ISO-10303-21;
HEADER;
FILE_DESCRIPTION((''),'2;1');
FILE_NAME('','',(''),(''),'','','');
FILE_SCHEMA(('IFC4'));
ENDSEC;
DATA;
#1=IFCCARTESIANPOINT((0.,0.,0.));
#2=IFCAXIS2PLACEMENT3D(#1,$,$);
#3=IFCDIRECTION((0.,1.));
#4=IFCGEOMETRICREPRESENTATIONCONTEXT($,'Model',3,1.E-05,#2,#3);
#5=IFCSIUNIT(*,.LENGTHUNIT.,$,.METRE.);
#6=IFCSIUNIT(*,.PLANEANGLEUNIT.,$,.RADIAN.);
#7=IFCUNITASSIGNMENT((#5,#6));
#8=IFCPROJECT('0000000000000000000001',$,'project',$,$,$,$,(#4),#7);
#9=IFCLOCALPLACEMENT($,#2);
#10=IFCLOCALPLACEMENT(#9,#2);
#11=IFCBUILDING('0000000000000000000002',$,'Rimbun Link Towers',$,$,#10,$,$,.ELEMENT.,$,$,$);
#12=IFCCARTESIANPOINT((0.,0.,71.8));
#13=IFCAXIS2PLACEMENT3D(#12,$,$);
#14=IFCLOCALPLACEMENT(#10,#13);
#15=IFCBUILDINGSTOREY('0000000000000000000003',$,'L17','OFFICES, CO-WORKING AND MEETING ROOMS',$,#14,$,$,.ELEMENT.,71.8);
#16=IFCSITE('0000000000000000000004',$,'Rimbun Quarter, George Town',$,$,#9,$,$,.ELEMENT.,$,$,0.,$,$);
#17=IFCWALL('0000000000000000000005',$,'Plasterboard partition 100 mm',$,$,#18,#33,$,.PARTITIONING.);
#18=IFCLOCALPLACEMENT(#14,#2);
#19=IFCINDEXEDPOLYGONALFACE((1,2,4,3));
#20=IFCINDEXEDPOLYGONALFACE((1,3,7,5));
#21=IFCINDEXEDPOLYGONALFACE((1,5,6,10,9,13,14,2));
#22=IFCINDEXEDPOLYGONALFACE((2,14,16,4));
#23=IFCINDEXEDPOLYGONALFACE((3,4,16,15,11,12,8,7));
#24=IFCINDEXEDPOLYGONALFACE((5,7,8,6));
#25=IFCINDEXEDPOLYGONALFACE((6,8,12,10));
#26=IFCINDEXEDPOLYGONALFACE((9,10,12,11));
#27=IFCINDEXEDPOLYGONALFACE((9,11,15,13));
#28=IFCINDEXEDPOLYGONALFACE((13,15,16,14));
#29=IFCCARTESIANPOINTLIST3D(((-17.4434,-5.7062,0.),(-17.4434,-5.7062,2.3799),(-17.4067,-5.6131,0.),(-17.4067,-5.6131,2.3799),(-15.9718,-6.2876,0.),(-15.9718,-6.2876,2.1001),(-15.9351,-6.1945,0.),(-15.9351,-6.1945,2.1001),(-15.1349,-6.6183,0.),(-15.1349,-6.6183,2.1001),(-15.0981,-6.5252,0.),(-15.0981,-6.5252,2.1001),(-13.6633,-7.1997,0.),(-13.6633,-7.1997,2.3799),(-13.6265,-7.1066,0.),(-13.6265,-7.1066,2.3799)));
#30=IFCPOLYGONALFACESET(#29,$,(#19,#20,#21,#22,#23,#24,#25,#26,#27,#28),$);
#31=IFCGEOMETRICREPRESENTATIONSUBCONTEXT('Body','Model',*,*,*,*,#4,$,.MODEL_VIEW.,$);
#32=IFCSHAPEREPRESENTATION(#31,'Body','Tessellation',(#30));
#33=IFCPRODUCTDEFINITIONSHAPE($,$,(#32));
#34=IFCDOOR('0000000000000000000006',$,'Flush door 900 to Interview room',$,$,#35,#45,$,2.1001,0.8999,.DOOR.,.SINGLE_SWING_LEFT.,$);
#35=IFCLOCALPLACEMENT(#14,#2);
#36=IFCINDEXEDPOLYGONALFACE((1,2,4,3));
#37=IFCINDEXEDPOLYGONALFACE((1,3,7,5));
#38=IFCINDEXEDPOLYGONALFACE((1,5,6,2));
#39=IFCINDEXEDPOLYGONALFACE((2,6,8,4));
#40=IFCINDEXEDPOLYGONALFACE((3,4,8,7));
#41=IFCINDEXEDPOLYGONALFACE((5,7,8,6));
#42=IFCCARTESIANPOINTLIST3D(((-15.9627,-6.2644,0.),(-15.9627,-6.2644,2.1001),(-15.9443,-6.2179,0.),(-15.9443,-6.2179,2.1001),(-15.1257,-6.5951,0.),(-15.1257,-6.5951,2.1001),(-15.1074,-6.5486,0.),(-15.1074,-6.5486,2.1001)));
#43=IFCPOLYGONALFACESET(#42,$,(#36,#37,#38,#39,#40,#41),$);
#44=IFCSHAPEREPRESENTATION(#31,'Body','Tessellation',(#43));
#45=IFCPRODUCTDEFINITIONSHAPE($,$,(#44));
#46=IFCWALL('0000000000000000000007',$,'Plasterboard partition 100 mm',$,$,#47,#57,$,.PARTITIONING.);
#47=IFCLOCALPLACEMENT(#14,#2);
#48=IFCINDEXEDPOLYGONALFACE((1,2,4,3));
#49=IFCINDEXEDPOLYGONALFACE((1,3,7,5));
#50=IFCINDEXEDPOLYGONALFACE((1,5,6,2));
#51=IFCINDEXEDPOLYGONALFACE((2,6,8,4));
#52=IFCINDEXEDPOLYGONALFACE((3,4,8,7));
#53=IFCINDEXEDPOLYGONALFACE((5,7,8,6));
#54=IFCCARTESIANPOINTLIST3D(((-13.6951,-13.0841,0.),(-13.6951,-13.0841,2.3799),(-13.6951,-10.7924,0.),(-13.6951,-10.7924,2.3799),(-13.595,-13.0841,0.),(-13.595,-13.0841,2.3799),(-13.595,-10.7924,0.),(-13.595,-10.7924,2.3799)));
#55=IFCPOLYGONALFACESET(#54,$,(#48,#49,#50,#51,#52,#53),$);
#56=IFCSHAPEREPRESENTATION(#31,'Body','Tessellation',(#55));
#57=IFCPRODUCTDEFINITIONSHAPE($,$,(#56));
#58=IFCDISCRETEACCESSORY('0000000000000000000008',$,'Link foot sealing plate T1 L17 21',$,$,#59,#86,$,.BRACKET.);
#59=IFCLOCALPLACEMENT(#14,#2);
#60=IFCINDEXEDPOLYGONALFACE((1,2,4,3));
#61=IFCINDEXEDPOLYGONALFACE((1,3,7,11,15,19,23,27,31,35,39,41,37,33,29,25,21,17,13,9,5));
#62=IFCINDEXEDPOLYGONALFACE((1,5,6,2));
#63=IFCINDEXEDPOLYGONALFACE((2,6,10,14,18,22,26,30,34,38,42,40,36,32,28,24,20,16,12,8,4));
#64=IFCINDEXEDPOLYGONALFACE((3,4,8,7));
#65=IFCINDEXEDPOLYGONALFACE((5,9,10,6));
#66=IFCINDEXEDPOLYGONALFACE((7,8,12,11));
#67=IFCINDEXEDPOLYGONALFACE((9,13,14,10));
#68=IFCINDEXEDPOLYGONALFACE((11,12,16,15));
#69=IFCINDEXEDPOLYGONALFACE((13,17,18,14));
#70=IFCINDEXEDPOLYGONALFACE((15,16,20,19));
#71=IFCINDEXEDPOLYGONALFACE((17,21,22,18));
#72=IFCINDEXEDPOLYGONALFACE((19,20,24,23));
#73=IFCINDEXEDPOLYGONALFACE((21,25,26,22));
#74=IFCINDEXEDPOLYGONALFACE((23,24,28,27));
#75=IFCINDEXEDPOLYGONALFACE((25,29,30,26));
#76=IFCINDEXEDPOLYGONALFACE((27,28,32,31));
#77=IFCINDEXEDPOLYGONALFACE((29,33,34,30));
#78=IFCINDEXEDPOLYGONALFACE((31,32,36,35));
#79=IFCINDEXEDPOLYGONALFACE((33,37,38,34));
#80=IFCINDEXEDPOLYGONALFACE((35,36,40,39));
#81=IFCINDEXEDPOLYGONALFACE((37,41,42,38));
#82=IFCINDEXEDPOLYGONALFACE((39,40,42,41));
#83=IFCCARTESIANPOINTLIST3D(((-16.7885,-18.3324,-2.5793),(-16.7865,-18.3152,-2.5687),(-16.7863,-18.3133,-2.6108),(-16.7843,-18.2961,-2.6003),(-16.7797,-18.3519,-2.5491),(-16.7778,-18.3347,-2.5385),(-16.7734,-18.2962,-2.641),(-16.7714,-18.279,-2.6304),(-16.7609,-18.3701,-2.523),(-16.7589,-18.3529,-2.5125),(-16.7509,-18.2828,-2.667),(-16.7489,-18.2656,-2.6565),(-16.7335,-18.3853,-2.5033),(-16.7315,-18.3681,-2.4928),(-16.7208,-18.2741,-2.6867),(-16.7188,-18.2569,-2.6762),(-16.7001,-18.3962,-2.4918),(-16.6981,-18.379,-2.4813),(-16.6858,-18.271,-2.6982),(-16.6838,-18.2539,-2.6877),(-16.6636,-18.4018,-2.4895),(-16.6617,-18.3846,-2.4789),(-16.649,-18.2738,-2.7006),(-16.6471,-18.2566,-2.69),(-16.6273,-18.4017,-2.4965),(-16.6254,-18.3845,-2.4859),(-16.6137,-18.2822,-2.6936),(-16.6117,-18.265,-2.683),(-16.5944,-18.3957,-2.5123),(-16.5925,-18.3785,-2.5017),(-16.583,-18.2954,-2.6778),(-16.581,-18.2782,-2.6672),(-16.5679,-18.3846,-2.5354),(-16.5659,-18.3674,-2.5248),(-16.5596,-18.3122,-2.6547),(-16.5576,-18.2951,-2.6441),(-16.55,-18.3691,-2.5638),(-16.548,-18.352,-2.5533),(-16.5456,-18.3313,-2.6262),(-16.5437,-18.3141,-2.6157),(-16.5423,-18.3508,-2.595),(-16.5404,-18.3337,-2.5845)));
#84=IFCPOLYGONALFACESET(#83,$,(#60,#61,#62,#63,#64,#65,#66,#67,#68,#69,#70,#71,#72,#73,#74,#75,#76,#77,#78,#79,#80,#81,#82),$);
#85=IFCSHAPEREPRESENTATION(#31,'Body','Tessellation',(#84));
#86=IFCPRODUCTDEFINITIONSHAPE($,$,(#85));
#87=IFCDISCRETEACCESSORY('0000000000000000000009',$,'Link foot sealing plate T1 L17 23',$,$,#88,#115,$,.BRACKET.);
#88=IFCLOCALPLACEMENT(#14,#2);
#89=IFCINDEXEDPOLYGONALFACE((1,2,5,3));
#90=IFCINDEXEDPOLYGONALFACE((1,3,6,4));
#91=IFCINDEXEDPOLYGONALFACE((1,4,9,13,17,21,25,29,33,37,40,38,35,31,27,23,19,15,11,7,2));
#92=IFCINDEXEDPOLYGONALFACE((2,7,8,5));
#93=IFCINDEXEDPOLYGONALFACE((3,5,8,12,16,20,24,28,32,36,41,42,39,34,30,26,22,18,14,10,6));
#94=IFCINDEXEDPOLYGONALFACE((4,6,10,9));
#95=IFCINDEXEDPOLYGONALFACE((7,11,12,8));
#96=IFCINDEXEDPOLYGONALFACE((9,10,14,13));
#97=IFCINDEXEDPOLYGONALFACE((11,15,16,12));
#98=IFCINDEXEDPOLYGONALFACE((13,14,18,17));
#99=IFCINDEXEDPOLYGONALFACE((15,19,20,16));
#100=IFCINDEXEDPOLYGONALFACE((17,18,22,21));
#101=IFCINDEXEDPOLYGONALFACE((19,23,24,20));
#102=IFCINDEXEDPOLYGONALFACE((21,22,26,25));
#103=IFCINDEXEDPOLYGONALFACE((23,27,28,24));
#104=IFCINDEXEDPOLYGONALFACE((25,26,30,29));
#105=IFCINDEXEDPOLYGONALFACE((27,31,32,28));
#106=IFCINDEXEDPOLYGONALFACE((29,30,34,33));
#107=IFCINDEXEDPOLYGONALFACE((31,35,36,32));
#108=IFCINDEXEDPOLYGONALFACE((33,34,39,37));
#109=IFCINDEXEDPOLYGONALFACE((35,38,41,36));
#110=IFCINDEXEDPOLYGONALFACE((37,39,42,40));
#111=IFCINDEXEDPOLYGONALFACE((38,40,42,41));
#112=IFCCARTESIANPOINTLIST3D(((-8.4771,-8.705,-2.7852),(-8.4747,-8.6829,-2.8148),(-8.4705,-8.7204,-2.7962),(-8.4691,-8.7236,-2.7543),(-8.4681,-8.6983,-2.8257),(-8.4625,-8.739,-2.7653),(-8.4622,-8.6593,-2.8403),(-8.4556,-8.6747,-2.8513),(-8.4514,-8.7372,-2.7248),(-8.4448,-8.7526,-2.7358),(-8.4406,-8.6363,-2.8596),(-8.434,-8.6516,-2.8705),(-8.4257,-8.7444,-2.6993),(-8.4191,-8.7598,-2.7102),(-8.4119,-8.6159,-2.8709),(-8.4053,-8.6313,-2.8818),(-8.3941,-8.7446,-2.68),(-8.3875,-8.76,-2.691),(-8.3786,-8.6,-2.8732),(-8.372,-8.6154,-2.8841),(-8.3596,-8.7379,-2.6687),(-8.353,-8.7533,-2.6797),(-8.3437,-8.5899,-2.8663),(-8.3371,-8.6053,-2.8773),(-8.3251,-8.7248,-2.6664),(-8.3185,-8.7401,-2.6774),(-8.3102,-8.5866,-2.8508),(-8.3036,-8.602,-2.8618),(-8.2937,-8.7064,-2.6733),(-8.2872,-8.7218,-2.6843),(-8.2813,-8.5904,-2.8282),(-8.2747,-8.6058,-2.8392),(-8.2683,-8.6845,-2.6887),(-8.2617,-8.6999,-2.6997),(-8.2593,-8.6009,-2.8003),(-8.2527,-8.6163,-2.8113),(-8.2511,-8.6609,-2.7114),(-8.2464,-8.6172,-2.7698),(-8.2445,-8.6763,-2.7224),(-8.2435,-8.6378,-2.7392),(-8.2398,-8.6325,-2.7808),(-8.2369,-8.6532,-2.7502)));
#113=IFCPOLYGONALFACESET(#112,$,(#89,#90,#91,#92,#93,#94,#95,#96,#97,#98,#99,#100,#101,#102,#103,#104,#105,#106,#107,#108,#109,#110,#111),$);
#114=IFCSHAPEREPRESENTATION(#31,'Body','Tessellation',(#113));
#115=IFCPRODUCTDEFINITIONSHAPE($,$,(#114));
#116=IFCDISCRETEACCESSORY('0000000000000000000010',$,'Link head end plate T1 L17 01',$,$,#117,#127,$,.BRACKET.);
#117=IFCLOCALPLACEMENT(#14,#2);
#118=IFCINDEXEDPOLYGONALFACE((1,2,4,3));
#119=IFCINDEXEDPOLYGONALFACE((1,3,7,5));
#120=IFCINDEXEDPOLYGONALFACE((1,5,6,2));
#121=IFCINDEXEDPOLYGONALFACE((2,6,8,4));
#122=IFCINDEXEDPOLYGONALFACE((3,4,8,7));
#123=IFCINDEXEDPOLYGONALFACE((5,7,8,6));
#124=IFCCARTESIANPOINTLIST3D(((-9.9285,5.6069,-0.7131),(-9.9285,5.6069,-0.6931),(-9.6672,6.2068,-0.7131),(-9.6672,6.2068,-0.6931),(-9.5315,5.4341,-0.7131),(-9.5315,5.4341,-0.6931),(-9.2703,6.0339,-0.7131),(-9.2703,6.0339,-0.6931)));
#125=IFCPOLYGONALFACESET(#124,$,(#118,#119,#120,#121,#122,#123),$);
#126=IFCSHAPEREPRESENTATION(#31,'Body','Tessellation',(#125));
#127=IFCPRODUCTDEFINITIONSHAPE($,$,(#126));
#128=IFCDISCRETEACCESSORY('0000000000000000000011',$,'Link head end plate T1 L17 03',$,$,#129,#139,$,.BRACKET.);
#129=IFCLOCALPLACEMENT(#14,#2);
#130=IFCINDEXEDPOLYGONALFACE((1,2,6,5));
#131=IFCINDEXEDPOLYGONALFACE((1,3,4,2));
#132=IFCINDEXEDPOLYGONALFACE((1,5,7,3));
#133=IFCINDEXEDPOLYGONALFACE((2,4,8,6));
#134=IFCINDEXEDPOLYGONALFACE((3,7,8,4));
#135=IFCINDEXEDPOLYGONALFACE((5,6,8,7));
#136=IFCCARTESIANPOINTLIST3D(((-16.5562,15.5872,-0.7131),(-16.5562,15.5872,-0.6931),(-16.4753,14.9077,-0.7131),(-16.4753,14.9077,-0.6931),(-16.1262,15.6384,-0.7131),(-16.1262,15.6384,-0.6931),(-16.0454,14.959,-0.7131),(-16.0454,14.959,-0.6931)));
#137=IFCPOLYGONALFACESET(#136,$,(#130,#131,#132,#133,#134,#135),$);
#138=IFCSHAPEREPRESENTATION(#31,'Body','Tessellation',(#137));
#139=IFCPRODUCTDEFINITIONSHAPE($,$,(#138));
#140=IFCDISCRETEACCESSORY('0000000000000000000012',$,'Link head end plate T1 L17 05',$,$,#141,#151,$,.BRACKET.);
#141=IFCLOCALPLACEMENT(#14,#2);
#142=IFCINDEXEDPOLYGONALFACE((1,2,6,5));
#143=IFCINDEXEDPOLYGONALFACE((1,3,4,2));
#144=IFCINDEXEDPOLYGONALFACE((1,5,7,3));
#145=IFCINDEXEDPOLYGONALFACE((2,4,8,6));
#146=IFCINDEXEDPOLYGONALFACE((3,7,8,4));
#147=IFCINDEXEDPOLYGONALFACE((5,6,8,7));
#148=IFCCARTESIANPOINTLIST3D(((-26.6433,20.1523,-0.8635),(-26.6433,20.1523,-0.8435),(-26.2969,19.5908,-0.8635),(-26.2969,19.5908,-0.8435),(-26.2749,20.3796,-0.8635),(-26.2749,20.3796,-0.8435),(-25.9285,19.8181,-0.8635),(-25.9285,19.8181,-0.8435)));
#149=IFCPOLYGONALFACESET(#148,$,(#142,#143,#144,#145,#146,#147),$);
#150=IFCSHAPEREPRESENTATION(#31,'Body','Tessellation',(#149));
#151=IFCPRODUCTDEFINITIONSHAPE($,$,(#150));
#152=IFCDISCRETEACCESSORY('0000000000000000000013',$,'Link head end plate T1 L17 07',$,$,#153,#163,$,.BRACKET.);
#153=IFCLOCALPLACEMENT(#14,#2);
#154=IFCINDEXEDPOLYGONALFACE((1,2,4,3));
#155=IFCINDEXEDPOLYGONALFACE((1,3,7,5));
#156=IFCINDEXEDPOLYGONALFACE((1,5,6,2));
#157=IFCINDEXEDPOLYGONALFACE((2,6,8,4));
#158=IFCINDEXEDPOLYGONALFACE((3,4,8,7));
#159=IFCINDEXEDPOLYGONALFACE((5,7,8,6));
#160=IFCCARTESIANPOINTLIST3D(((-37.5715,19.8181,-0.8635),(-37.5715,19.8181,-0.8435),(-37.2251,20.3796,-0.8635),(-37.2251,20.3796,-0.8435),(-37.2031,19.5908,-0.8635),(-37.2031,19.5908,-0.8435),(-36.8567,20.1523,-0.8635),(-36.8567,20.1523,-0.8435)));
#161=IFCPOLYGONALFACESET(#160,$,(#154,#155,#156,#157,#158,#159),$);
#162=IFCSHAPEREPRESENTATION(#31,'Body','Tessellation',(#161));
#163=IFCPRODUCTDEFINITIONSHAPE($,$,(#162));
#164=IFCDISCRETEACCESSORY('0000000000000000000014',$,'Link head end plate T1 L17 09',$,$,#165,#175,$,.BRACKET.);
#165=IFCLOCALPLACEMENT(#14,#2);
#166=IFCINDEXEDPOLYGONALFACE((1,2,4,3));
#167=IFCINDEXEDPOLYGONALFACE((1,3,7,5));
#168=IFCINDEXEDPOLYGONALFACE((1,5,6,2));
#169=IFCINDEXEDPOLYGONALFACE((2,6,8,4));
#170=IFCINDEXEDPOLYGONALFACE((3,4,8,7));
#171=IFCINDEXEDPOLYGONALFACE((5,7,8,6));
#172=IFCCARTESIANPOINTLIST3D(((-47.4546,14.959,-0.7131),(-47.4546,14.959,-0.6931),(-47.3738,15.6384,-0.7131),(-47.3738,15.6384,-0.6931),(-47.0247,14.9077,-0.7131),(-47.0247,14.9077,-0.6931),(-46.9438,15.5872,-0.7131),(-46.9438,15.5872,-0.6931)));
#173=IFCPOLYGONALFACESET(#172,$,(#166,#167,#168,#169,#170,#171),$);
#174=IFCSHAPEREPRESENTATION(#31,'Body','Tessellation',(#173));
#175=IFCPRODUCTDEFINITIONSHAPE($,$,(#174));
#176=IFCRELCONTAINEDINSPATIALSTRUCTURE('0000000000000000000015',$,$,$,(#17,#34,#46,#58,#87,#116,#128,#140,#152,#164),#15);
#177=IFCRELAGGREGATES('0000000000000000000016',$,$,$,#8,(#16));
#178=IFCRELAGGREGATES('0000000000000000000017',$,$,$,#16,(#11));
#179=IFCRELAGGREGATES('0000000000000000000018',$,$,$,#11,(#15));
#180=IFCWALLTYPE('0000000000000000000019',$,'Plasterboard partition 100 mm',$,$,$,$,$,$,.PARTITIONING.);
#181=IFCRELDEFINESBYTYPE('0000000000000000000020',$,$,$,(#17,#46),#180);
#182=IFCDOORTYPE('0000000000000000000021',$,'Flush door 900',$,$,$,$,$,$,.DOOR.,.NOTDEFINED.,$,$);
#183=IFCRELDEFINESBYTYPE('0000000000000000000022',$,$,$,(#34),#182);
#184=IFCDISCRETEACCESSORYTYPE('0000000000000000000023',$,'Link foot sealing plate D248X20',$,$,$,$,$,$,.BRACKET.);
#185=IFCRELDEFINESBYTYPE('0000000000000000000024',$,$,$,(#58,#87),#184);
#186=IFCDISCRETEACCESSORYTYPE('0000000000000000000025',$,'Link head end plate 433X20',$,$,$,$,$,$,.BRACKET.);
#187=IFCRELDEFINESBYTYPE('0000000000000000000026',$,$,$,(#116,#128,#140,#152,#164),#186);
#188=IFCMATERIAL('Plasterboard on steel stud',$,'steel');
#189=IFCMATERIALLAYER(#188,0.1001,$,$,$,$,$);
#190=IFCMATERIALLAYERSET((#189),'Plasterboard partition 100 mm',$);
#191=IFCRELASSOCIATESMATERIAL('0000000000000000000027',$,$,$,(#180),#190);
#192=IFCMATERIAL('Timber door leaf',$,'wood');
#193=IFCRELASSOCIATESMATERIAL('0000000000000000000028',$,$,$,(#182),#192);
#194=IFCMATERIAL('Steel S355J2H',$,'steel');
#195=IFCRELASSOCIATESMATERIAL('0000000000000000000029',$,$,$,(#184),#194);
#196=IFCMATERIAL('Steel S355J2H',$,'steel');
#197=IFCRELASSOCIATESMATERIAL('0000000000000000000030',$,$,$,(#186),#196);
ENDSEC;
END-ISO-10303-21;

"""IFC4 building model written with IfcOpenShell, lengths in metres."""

from ifc_helpers import new_model, si_unit, direction, frame, frame_2d, origin, origin_2d, place, context, subcontext, project, spatial, polyline, rectangle, circle, outline, extrude, material, layer, layer_set, material_profile, profile_set, type_object, element, fill, save


model = new_model("IFC4")

# Units and contexts
model_context = context("Model", 3, precision=1e-05, world=origin(), true_north=direction((0.0, 1.0)))
body_context = subcontext(model_context, "Body", "Model", "MODEL_VIEW")
ifc_project = project(units=[si_unit("LENGTHUNIT", "METRE"), si_unit("PLANEANGLEUNIT", "RADIAN")], contexts=[model_context])

# Site, building, storey
site_placement = place(None, origin())
site = spatial("IfcSite", under=ifc_project, at=site_placement, Name="Rimbun Quarter, George Town", CompositionType="ELEMENT", RefElevation=0.0)
building_placement = place(site_placement, origin())
building = spatial("IfcBuilding", under=site, at=building_placement, Name="Rimbun Link Towers", CompositionType="ELEMENT")
storey_placement = place(building_placement, frame((0.0, 0.0, 71.8)))
storey = spatial("IfcBuildingStorey", under=building, at=storey_placement, Name="L17", Description="OFFICES, CO-WORKING AND MEETING ROOMS", CompositionType="ELEMENT", Elevation=71.8)

# Wall, opening, door
ifc_material_1 = material(Name="Plasterboard on steel stud", Category="steel")
ifc_layer_1 = layer(ifc_material_1, 0.1001)
ifc_layer_set_1 = layer_set([ifc_layer_1], Name="Plasterboard partition 100 mm")
wall_type = type_object("IfcWallType", Name="Plasterboard partition 100 mm", PredefinedType="PARTITIONING", material=ifc_layer_set_1)
wall_1_placement = place(storey_placement, frame((-17.425, -5.6597, 0.0), z_axis=(0.0, 0.0, 1.0), x_axis=(0.930047, -0.367441, 0.0)))
wall_1 = element("IfcWall", 1, at=wall_1_placement, inside=storey, type_object=wall_type, Name="Plasterboard partition 100 mm", PredefinedType="PARTITIONING", context=body_context, shape_type="SweptSolid", body=[
    extrude(rectangle(XDim=4.0645, YDim=0.1001, at=frame_2d((2.0322, 0.0))), origin(), (0.0, 0.0, 1.0), 2.3799),
])
opening_placement = place(wall_1_placement, frame((1.5823, 0.0, 0.0)))
opening = element("IfcOpeningElement", 2, at=opening_placement, cuts=wall_1, PredefinedType="OPENING", context=body_context, shape_type="SweptSolid", body=[
    extrude(rectangle(XDim=0.8999, YDim=2.1001, at=frame_2d((0.45, 1.05))), frame((0.0, 0.0601, 0.0), z_axis=(0.0, -1.0, 0.0), x_axis=(1.0, 0.0, 0.0)), (0.0, 0.0, 1.0), 0.1201),
])
ifc_material_2 = material(Name="Timber door leaf", Category="wood")
door_type = type_object("IfcDoorType", Name="Flush door 900", OperationType="NOTDEFINED", PredefinedType="DOOR", material=ifc_material_2)
door_placement = place(opening_placement, origin())
door = element("IfcDoor", 3, at=door_placement, inside=storey, type_object=door_type, Name="Flush door 900 to Interview room", OperationType="SINGLE_SWING_LEFT", OverallHeight=2.1001, OverallWidth=0.8999, PredefinedType="DOOR", context=body_context, shape_type="SweptSolid", body=[
    extrude(rectangle(XDim=0.8999, YDim=2.1001, at=frame_2d((0.45, 1.05))), frame((0.0, 0.0249, 0.0), z_axis=(0.0, -1.0, 0.0), x_axis=(1.0, 0.0, 0.0)), (0.0, 0.0, 1.0), 0.05),
])
fill(opening, door)

# Wall
wall_2_placement = place(storey_placement, frame((-13.645, -13.0842, 0.0), z_axis=(0.0, 0.0, 1.0), x_axis=(0.0, 1.0, 0.0)))
element("IfcWall", 4, at=wall_2_placement, inside=storey, type_object=wall_type, Name="Plasterboard partition 100 mm", PredefinedType="PARTITIONING", context=body_context, shape_type="SweptSolid", body=[
    extrude(rectangle(XDim=2.2917, YDim=0.1001, at=frame_2d((1.146, 0.0))), origin(), (0.0, 0.0, 1.0), 2.3799),
])

# Discrete accessories
ifc_material_3 = material(Name="Steel S355J2H", Category="steel")
ifc_material_profile_1 = material_profile(ifc_material_3, circle(Radius=0.124, at=origin_2d()), Name="PL D248")
ifc_profile_set_1 = profile_set([ifc_material_profile_1], Name="Steel S355J2H")
discrete_accessory_type_1 = type_object("IfcDiscreteAccessoryType", Name="Link foot sealing plate D248X20", PredefinedType="BRACKET", material=ifc_profile_set_1)
discrete_accessory_1_placement = place(storey_placement, frame((-16.6636, -18.3196, -2.5845), z_axis=(-0.096922, -0.848064, -0.520954), x_axis=(0.993533, -0.113547, 0.0)))
element("IfcDiscreteAccessory", 5, at=discrete_accessory_1_placement, inside=storey, type_object=discrete_accessory_type_1, Name="Link foot sealing plate T1 L17 21", PredefinedType="BRACKET", context=body_context, shape_type="SweptSolid", body=[
    extrude(circle(Radius=0.124, at=origin_2d()), origin(), (0.0, 0.0, 1.0), 0.0203),
])
discrete_accessory_2_placement = place(storey_placement, frame((-8.3604, -8.666, -2.7698), z_axis=(0.329293, -0.76835, -0.548821), x_axis=(0.919145, 0.393919, 0.0)))
element("IfcDiscreteAccessory", 6, at=discrete_accessory_2_placement, inside=storey, type_object=discrete_accessory_type_1, Name="Link foot sealing plate T1 L17 23", PredefinedType="BRACKET", context=body_context, shape_type="SweptSolid", body=[
    extrude(circle(Radius=0.124, at=origin_2d()), origin(), (0.0, 0.0, 1.0), 0.02),
])
ifc_material_4 = material(Name="Steel S355J2H", Category="steel")
ifc_material_profile_2 = material_profile(ifc_material_4, rectangle(XDim=0.4331, YDim=0.4331, at=origin_2d()), Name="PL 433x433")
ifc_profile_set_2 = profile_set([ifc_material_profile_2], Name="Steel S355J2H")
discrete_accessory_type_2 = type_object("IfcDiscreteAccessoryType", Name="Link head end plate 433X20", PredefinedType="BRACKET", material=ifc_profile_set_2)
discrete_accessory_3_placement = place(storey_placement, frame((0.0, 0.0, -0.7131)))
element("IfcDiscreteAccessory", 7, at=discrete_accessory_3_placement, inside=storey, type_object=discrete_accessory_type_2, Name="Link head end plate T1 L17 01", PredefinedType="BRACKET", context=body_context, shape_type="SweptSolid", body=[
    extrude(outline(polyline([(-9.5315, 5.4341), (-9.2703, 6.0339), (-9.6672, 6.2068), (-9.9285, 5.6069), (-9.5315, 5.4341)])), origin(), (0.0, 0.0, 1.0), 0.02),
])
discrete_accessory_4_placement = place(storey_placement, frame((0.0, 0.0, -0.7131)))
element("IfcDiscreteAccessory", 8, at=discrete_accessory_4_placement, inside=storey, type_object=discrete_accessory_type_2, Name="Link head end plate T1 L17 03", PredefinedType="BRACKET", context=body_context, shape_type="SweptSolid", body=[
    extrude(outline(polyline([(-16.0454, 14.959), (-16.1262, 15.6384), (-16.5562, 15.5872), (-16.4753, 14.9077), (-16.0454, 14.959)])), origin(), (0.0, 0.0, 1.0), 0.02),
])
discrete_accessory_5_placement = place(storey_placement, frame((0.0, 0.0, -0.8635)))
element("IfcDiscreteAccessory", 9, at=discrete_accessory_5_placement, inside=storey, type_object=discrete_accessory_type_2, Name="Link head end plate T1 L17 05", PredefinedType="BRACKET", context=body_context, shape_type="SweptSolid", body=[
    extrude(outline(polyline([(-25.9285, 19.8181), (-26.2749, 20.3796), (-26.6433, 20.1523), (-26.2969, 19.5908), (-25.9285, 19.8181)])), origin(), (0.0, 0.0, 1.0), 0.02),
])
discrete_accessory_6_placement = place(storey_placement, frame((0.0, 0.0, -0.8635)))
element("IfcDiscreteAccessory", 10, at=discrete_accessory_6_placement, inside=storey, type_object=discrete_accessory_type_2, Name="Link head end plate T1 L17 07", PredefinedType="BRACKET", context=body_context, shape_type="SweptSolid", body=[
    extrude(outline(polyline([(-37.2031, 19.5908), (-36.8567, 20.1523), (-37.2251, 20.3796), (-37.5715, 19.8181), (-37.2031, 19.5908)])), origin(), (0.0, 0.0, 1.0), 0.02),
])
discrete_accessory_7_placement = place(storey_placement, frame((0.0, 0.0, -0.7131)))
element("IfcDiscreteAccessory", 11, at=discrete_accessory_7_placement, inside=storey, type_object=discrete_accessory_type_2, Name="Link head end plate T1 L17 09", PredefinedType="BRACKET", context=body_context, shape_type="SweptSolid", body=[
    extrude(outline(polyline([(-47.0247, 14.9077), (-46.9438, 15.5872), (-47.3738, 15.6384), (-47.4546, 14.959), (-47.0247, 14.9077)])), origin(), (0.0, 0.0, 1.0), 0.02),
])

save(model, "model.ifc")
